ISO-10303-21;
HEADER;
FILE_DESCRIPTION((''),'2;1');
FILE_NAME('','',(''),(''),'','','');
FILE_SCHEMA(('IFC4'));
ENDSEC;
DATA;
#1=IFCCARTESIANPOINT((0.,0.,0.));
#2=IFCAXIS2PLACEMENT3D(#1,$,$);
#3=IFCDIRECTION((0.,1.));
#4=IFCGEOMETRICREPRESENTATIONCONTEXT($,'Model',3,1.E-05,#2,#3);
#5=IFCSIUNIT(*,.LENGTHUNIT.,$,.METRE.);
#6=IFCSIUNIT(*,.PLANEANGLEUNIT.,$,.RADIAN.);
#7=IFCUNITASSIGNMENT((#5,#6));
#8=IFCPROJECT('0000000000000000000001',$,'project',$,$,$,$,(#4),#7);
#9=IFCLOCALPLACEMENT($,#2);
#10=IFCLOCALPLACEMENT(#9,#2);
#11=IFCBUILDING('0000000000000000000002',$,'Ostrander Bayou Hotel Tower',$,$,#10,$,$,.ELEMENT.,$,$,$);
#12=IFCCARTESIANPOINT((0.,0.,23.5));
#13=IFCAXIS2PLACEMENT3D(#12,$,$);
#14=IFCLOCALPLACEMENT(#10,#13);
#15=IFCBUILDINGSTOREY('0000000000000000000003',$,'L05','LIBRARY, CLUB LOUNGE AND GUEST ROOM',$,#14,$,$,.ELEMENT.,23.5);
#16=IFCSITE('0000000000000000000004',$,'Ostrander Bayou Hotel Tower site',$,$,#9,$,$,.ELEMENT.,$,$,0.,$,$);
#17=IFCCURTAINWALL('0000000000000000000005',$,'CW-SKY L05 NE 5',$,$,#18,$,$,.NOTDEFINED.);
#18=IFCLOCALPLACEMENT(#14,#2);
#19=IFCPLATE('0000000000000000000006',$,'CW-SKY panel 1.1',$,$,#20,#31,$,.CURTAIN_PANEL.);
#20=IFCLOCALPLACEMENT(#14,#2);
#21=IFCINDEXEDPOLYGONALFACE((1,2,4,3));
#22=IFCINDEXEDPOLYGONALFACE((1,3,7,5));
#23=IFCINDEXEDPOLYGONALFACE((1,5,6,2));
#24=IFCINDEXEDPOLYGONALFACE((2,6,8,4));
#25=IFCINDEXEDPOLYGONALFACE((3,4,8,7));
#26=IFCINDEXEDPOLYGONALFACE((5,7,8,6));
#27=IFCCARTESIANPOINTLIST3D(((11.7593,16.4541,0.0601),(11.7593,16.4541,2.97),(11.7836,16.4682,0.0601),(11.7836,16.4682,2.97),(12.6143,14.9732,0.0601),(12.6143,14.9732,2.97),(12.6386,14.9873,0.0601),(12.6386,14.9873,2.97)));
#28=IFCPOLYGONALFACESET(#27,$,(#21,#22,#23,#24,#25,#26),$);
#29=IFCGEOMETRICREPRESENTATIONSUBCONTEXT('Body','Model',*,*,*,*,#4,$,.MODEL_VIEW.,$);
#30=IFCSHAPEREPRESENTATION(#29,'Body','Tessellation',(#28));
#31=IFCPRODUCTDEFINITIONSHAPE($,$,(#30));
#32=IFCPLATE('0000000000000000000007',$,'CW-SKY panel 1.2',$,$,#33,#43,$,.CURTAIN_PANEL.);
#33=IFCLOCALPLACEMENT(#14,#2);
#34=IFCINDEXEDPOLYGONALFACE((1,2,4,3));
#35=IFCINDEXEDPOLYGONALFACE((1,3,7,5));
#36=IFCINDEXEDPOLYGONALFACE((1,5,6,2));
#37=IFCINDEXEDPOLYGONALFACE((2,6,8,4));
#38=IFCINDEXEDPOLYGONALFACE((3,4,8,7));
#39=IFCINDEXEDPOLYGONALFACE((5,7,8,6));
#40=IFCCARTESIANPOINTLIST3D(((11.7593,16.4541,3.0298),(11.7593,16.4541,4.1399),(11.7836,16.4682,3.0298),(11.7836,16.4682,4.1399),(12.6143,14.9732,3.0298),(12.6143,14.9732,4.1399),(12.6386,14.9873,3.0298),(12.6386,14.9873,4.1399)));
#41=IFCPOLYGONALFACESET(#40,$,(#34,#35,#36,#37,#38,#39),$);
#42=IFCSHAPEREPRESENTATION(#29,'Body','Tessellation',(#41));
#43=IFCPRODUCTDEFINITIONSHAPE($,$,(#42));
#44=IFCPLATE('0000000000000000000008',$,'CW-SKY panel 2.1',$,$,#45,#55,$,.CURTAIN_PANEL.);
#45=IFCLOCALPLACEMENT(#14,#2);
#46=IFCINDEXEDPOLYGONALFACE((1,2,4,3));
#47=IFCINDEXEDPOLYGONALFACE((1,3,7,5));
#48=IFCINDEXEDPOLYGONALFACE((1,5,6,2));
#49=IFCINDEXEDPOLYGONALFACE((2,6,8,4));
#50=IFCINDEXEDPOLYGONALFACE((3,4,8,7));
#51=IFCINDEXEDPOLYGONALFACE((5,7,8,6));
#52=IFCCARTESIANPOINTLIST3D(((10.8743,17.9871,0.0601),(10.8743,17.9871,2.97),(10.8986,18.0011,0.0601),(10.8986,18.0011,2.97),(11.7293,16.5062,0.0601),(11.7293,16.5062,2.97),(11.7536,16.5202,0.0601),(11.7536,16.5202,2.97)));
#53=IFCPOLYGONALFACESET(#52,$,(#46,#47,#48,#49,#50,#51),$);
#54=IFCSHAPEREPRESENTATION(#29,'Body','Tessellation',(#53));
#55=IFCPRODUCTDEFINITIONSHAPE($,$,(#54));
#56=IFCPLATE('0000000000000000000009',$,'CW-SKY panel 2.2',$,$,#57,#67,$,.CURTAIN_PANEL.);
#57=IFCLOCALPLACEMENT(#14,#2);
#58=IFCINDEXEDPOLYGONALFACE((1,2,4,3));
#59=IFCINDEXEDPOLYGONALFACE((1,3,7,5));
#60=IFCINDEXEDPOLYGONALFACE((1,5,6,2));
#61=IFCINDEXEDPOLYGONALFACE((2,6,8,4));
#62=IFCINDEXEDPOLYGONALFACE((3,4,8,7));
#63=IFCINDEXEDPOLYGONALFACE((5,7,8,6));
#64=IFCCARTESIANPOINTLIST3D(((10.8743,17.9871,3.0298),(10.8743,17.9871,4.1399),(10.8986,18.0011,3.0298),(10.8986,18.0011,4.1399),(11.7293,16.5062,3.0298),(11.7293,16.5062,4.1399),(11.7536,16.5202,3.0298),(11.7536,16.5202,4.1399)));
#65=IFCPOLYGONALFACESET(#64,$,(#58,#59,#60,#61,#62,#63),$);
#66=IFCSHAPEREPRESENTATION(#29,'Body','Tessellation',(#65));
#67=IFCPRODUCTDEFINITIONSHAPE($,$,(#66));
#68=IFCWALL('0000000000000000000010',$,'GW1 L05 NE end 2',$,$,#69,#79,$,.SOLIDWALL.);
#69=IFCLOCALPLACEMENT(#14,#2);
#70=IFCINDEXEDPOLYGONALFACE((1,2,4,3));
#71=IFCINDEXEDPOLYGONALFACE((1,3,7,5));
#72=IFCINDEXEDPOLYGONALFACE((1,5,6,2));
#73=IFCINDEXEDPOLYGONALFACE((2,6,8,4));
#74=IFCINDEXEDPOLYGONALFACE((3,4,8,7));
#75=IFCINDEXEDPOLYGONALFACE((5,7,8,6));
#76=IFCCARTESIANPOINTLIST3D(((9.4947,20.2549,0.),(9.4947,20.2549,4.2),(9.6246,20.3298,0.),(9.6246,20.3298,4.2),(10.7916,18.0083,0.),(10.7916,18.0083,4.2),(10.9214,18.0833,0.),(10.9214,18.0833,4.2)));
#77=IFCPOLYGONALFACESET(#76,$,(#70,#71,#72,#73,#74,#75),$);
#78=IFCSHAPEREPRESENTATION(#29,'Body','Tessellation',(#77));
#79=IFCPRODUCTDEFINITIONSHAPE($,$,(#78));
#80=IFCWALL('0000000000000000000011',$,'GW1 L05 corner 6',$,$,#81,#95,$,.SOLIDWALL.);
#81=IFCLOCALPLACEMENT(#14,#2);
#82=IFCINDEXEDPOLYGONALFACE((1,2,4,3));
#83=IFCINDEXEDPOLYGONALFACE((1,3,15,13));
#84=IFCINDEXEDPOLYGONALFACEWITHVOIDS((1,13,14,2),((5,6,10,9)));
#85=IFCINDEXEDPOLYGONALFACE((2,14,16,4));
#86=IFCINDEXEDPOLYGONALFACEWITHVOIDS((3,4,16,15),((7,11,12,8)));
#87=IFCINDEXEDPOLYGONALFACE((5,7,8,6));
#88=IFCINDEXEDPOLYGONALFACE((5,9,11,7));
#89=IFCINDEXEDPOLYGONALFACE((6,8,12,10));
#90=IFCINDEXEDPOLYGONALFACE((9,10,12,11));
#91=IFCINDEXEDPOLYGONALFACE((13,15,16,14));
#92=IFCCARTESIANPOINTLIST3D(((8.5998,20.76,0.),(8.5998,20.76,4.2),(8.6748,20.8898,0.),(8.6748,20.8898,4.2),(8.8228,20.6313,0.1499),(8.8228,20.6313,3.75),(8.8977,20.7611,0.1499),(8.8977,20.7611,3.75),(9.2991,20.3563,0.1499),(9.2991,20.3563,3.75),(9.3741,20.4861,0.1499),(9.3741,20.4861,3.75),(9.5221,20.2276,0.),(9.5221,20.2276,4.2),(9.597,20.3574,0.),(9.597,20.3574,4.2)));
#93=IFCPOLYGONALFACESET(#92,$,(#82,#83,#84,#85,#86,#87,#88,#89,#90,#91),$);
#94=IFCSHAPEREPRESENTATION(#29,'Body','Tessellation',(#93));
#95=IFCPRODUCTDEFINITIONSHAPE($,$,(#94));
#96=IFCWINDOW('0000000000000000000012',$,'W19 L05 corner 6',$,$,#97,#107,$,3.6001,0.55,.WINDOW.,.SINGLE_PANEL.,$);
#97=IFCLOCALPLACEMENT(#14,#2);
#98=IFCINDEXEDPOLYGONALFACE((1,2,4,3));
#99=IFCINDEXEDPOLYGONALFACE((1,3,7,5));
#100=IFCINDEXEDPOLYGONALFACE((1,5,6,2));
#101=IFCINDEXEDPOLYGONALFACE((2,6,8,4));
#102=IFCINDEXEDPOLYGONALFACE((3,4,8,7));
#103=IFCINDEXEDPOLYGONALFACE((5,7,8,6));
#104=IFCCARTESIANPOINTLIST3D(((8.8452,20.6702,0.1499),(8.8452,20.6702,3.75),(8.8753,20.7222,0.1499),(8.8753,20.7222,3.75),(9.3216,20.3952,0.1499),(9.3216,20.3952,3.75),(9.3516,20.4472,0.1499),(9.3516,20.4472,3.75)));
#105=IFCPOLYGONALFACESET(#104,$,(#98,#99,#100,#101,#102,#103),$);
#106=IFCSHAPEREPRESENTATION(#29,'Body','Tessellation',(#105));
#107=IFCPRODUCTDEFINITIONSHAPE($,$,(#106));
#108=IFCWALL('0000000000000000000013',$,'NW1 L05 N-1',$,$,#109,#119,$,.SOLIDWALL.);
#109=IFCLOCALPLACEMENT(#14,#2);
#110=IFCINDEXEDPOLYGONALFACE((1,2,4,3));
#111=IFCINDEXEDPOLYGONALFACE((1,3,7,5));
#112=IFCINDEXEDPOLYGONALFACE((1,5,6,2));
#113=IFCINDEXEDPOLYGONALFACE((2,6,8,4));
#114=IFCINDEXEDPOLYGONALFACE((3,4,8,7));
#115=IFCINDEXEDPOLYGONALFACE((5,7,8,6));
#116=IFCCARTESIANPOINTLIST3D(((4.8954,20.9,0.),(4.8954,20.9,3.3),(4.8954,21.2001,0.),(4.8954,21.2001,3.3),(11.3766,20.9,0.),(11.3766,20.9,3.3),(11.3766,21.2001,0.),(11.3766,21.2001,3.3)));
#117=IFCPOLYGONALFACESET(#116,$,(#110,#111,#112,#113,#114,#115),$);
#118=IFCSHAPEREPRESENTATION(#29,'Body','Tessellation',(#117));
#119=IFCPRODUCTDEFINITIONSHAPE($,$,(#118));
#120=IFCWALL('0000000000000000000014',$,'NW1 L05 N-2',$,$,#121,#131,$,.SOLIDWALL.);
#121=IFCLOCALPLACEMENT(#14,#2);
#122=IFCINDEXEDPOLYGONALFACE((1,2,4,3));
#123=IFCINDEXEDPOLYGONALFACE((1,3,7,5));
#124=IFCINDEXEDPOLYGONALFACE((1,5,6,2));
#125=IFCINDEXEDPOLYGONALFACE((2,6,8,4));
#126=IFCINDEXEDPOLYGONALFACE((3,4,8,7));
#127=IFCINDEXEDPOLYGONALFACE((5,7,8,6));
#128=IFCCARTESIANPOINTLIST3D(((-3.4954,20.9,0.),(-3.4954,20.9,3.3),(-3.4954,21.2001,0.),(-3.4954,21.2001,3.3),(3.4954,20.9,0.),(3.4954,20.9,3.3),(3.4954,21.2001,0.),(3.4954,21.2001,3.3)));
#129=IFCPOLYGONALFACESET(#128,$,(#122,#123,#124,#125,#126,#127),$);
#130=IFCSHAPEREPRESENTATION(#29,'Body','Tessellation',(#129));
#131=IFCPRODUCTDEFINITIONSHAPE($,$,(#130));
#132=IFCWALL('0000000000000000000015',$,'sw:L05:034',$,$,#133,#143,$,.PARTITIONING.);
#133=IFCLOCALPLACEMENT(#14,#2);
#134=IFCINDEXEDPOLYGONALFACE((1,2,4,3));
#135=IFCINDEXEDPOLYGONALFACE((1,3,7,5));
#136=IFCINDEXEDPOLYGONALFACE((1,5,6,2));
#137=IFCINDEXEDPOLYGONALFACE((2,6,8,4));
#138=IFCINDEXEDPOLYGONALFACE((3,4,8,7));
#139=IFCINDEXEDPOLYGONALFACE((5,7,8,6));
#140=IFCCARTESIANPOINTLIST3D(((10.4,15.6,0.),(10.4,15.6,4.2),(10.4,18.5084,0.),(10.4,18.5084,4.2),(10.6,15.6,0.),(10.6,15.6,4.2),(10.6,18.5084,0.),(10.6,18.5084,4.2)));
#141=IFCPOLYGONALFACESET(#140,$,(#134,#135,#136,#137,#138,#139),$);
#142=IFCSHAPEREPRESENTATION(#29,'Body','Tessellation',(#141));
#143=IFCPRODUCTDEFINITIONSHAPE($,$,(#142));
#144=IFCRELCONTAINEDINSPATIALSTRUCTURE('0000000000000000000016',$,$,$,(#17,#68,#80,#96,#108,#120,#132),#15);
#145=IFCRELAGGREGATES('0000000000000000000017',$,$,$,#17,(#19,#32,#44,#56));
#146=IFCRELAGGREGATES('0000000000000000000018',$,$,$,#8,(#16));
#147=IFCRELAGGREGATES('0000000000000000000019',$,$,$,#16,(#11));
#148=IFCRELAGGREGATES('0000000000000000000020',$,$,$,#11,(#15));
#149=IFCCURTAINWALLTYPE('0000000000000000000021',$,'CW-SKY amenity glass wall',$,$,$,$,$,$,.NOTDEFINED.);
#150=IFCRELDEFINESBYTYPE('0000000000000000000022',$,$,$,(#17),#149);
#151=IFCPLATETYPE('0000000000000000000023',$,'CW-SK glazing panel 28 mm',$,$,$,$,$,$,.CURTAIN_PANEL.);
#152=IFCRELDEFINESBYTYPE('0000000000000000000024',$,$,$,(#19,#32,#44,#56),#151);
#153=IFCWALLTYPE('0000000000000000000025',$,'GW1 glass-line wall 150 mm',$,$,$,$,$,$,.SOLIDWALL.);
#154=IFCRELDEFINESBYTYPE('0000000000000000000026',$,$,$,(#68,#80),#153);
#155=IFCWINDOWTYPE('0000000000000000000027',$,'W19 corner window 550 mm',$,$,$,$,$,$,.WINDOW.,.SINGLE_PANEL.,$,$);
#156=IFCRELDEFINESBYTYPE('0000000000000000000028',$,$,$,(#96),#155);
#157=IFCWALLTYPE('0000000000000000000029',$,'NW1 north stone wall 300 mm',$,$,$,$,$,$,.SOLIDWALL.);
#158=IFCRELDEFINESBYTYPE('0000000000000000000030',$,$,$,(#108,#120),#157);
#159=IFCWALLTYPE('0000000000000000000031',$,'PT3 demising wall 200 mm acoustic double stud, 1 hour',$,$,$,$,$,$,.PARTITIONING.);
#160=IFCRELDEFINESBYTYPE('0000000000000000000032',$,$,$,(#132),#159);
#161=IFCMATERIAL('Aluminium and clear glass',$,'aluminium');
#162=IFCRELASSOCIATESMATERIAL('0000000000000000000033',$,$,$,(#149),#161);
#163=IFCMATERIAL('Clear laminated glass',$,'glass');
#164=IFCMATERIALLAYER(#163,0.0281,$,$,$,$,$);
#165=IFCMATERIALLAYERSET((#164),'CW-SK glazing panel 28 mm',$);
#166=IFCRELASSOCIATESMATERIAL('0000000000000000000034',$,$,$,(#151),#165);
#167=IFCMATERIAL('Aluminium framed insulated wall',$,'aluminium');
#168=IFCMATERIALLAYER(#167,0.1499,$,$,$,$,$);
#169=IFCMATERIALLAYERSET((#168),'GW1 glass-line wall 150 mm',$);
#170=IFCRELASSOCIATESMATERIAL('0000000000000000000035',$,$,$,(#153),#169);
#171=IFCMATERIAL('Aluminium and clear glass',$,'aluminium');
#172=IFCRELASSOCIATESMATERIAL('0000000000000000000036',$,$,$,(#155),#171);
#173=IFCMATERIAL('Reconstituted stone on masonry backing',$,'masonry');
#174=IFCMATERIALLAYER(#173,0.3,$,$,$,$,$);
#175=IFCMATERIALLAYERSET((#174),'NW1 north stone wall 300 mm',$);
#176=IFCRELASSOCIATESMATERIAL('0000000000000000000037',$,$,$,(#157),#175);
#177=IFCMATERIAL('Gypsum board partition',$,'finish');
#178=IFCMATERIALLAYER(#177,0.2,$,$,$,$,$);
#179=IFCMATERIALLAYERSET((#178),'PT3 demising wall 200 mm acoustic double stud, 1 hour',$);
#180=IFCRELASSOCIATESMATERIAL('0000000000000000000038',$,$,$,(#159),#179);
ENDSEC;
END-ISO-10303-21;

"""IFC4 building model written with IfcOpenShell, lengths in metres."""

from ifc_helpers import new_model, si_unit, direction, frame, frame_2d, origin, origin_2d, place, context, subcontext, project, spatial, rectangle, extrude, material, layer, layer_set, type_object, element, fill, aggregate, save


model = new_model("IFC4")

# Units and contexts
model_context = context("Model", 3, precision=1e-05, world=origin(), true_north=direction((0.0, 1.0)))
body_context = subcontext(model_context, "Body", "Model", "MODEL_VIEW")
ifc_project = project(units=[si_unit("LENGTHUNIT", "METRE"), si_unit("PLANEANGLEUNIT", "RADIAN")], contexts=[model_context])

# Site, building, storey
site_placement = place(None, origin())
site = spatial("IfcSite", under=ifc_project, at=site_placement, Name="Ostrander Bayou Hotel Tower site", CompositionType="ELEMENT", RefElevation=0.0)
building_placement = place(site_placement, origin())
building = spatial("IfcBuilding", under=site, at=building_placement, Name="Ostrander Bayou Hotel Tower", CompositionType="ELEMENT")
storey_placement = place(building_placement, frame((0.0, 0.0, 23.5)))
storey = spatial("IfcBuildingStorey", under=building, at=storey_placement, Name="L05", Description="LIBRARY, CLUB LOUNGE AND GUEST ROOM", CompositionType="ELEMENT", Elevation=23.5)

# Curtain wall
ifc_material_1 = material(Name="Aluminium and clear glass", Category="aluminium")
curtain_wall_type = type_object("IfcCurtainWallType", Name="CW-SKY amenity glass wall", PredefinedType="NOTDEFINED", material=ifc_material_1)
curtain_wall_placement = place(storey_placement, origin())
curtain_wall = element("IfcCurtainWall", 1, at=curtain_wall_placement, inside=storey, type_object=curtain_wall_type, Name="CW-SKY L05 NE 5", PredefinedType="NOTDEFINED")

# Plates
ifc_material_2 = material(Name="Clear laminated glass", Category="glass")
ifc_layer_1 = layer(ifc_material_2, 0.0281)
ifc_layer_set_1 = layer_set([ifc_layer_1], Name="CW-SK glazing panel 28 mm")
plate_type = type_object("IfcPlateType", Name="CW-SK glazing panel 28 mm", PredefinedType="CURTAIN_PANEL", material=ifc_layer_set_1)
plate_1_placement = place(storey_placement, frame((12.199, 15.7207, 0.0601), z_axis=(0.0, 0.0, 1.0), x_axis=(-0.499999, 0.866026, 0.0)))
plate_1 = element("IfcPlate", 2, at=plate_1_placement, type_object=plate_type, Name="CW-SKY panel 1.1", PredefinedType="CURTAIN_PANEL", context=body_context, shape_type="SweptSolid", body=[
    extrude(rectangle(XDim=1.71, YDim=0.0281, at=origin_2d()), origin(), (0.0, 0.0, 1.0), 2.9099),
])
plate_2_placement = place(storey_placement, frame((12.199, 15.7207, 3.0298), z_axis=(0.0, 0.0, 1.0), x_axis=(-0.499999, 0.866026, 0.0)))
plate_2 = element("IfcPlate", 3, at=plate_2_placement, type_object=plate_type, Name="CW-SKY panel 1.2", PredefinedType="CURTAIN_PANEL", context=body_context, shape_type="SweptSolid", body=[
    extrude(rectangle(XDim=1.71, YDim=0.0281, at=origin_2d()), origin(), (0.0, 0.0, 1.0), 1.1101),
])
plate_3_placement = place(storey_placement, frame((11.314, 17.2537, 0.0601), z_axis=(0.0, 0.0, 1.0), x_axis=(-0.499999, 0.866026, 0.0)))
plate_3 = element("IfcPlate", 4, at=plate_3_placement, type_object=plate_type, Name="CW-SKY panel 2.1", PredefinedType="CURTAIN_PANEL", context=body_context, shape_type="SweptSolid", body=[
    extrude(rectangle(XDim=1.71, YDim=0.0281, at=origin_2d()), origin(), (0.0, 0.0, 1.0), 2.9099),
])
plate_4_placement = place(storey_placement, frame((11.314, 17.2537, 3.0298), z_axis=(0.0, 0.0, 1.0), x_axis=(-0.499999, 0.866026, 0.0)))
plate_4 = element("IfcPlate", 5, at=plate_4_placement, type_object=plate_type, Name="CW-SKY panel 2.2", PredefinedType="CURTAIN_PANEL", context=body_context, shape_type="SweptSolid", body=[
    extrude(rectangle(XDim=1.71, YDim=0.0281, at=origin_2d()), origin(), (0.0, 0.0, 1.0), 1.1101),
])
aggregate(curtain_wall, [plate_1, plate_2, plate_3, plate_4])

# Wall
ifc_material_3 = material(Name="Aluminium framed insulated wall", Category="aluminium")
ifc_layer_2 = layer(ifc_material_3, 0.1499)
ifc_layer_set_2 = layer_set([ifc_layer_2], Name="GW1 glass-line wall 150 mm")
wall_type_1 = type_object("IfcWallType", Name="GW1 glass-line wall 150 mm", PredefinedType="SOLIDWALL", material=ifc_layer_set_2)
wall_1_placement = place(storey_placement, frame((10.8564, 18.0459, 0.0), z_axis=(0.0, 0.0, 1.0), x_axis=(-0.499945, 0.866057, 0.0)))
element("IfcWall", 6, at=wall_1_placement, inside=storey, type_object=wall_type_1, Name="GW1 L05 NE end 2", PredefinedType="SOLIDWALL", context=body_context, shape_type="SweptSolid", body=[
    extrude(rectangle(XDim=2.594, YDim=0.1499, at=frame_2d((1.2969, 0.0))), origin(), (0.0, 0.0, 1.0), 4.2),
])

# Wall, opening, window
wall_2_placement = place(storey_placement, frame((9.5596, 20.2925, 0.0), z_axis=(0.0, 0.0, 1.0), x_axis=(-0.866048, 0.499961, 0.0)))
wall_2 = element("IfcWall", 7, at=wall_2_placement, inside=storey, type_object=wall_type_1, Name="GW1 L05 corner 6", PredefinedType="SOLIDWALL", context=body_context, shape_type="SweptSolid", body=[
    extrude(rectangle(XDim=1.0649, YDim=0.1499, at=frame_2d((0.5325, 0.0))), origin(), (0.0, 0.0, 1.0), 4.2),
])
opening_placement = place(wall_2_placement, frame((0.2576, 0.0, 0.1499)))
opening = element("IfcOpeningElement", 8, at=opening_placement, cuts=wall_2, PredefinedType="OPENING", context=body_context, shape_type="SweptSolid", body=[
    extrude(rectangle(XDim=0.55, YDim=3.6001, at=frame_2d((0.2749, 1.8))), frame((0.0, 0.075, 0.0), z_axis=(0.0, -1.0, 0.0), x_axis=(1.0, 0.0, 0.0)), (0.0, 0.0, 1.0), 0.1499),
])
ifc_material_4 = material(Name="Aluminium and clear glass", Category="aluminium")
window_type = type_object("IfcWindowType", Name="W19 corner window 550 mm", PartitioningType="SINGLE_PANEL", PredefinedType="WINDOW", material=ifc_material_4)
window_placement = place(opening_placement, origin())
window = element("IfcWindow", 9, at=window_placement, inside=storey, type_object=window_type, Name="W19 L05 corner 6", OverallHeight=3.6001, OverallWidth=0.55, PartitioningType="SINGLE_PANEL", PredefinedType="WINDOW", context=body_context, shape_type="SweptSolid", body=[
    extrude(rectangle(XDim=0.55, YDim=3.6001, at=frame_2d((0.2749, 1.8))), frame((0.0, 0.03, 0.0), z_axis=(0.0, -1.0, 0.0), x_axis=(1.0, 0.0, 0.0)), (0.0, 0.0, 1.0), 0.0601),
])
fill(opening, window)

# Walls
ifc_material_5 = material(Name="Reconstituted stone on masonry backing", Category="masonry")
ifc_layer_3 = layer(ifc_material_5, 0.3)
ifc_layer_set_3 = layer_set([ifc_layer_3], Name="NW1 north stone wall 300 mm")
wall_type_2 = type_object("IfcWallType", Name="NW1 north stone wall 300 mm", PredefinedType="SOLIDWALL", material=ifc_layer_set_3)
wall_3_placement = place(storey_placement, frame((11.3767, 21.05, 0.0), z_axis=(0.0, 0.0, 1.0), x_axis=(-1.0, 0.0, 0.0)))
element("IfcWall", 10, at=wall_3_placement, inside=storey, type_object=wall_type_2, Name="NW1 L05 N-1", PredefinedType="SOLIDWALL", context=body_context, shape_type="SweptSolid", body=[
    extrude(rectangle(XDim=6.4812, YDim=0.3, at=frame_2d((3.2407, 0.0))), origin(), (0.0, 0.0, 1.0), 3.3),
])
wall_4_placement = place(storey_placement, frame((3.4954, 21.05, 0.0), z_axis=(0.0, 0.0, 1.0), x_axis=(-1.0, 0.0, 0.0)))
element("IfcWall", 11, at=wall_4_placement, inside=storey, type_object=wall_type_2, Name="NW1 L05 N-2", PredefinedType="SOLIDWALL", context=body_context, shape_type="SweptSolid", body=[
    extrude(rectangle(XDim=6.9907, YDim=0.3, at=frame_2d((3.4954, 0.0))), origin(), (0.0, 0.0, 1.0), 3.3),
])
ifc_material_6 = material(Name="Gypsum board partition", Category="finish")
ifc_layer_4 = layer(ifc_material_6, 0.2)
ifc_layer_set_4 = layer_set([ifc_layer_4], Name="PT3 demising wall 200 mm acoustic double stud, 1 hour")
wall_type_3 = type_object("IfcWallType", Name="PT3 demising wall 200 mm acoustic double stud, 1 hour", PredefinedType="PARTITIONING", material=ifc_layer_set_4)
wall_5_placement = place(storey_placement, frame((10.5, 15.6001, 0.0), z_axis=(0.0, 0.0, 1.0), x_axis=(0.0, 1.0, 0.0)))
element("IfcWall", 12, at=wall_5_placement, inside=storey, type_object=wall_type_3, Name="sw:L05:034", PredefinedType="PARTITIONING", context=body_context, shape_type="SweptSolid", body=[
    extrude(rectangle(XDim=2.9084, YDim=0.2, at=frame_2d((1.4541, 0.0))), origin(), (0.0, 0.0, 1.0), 4.2),
])

save(model, "model.ifc")
